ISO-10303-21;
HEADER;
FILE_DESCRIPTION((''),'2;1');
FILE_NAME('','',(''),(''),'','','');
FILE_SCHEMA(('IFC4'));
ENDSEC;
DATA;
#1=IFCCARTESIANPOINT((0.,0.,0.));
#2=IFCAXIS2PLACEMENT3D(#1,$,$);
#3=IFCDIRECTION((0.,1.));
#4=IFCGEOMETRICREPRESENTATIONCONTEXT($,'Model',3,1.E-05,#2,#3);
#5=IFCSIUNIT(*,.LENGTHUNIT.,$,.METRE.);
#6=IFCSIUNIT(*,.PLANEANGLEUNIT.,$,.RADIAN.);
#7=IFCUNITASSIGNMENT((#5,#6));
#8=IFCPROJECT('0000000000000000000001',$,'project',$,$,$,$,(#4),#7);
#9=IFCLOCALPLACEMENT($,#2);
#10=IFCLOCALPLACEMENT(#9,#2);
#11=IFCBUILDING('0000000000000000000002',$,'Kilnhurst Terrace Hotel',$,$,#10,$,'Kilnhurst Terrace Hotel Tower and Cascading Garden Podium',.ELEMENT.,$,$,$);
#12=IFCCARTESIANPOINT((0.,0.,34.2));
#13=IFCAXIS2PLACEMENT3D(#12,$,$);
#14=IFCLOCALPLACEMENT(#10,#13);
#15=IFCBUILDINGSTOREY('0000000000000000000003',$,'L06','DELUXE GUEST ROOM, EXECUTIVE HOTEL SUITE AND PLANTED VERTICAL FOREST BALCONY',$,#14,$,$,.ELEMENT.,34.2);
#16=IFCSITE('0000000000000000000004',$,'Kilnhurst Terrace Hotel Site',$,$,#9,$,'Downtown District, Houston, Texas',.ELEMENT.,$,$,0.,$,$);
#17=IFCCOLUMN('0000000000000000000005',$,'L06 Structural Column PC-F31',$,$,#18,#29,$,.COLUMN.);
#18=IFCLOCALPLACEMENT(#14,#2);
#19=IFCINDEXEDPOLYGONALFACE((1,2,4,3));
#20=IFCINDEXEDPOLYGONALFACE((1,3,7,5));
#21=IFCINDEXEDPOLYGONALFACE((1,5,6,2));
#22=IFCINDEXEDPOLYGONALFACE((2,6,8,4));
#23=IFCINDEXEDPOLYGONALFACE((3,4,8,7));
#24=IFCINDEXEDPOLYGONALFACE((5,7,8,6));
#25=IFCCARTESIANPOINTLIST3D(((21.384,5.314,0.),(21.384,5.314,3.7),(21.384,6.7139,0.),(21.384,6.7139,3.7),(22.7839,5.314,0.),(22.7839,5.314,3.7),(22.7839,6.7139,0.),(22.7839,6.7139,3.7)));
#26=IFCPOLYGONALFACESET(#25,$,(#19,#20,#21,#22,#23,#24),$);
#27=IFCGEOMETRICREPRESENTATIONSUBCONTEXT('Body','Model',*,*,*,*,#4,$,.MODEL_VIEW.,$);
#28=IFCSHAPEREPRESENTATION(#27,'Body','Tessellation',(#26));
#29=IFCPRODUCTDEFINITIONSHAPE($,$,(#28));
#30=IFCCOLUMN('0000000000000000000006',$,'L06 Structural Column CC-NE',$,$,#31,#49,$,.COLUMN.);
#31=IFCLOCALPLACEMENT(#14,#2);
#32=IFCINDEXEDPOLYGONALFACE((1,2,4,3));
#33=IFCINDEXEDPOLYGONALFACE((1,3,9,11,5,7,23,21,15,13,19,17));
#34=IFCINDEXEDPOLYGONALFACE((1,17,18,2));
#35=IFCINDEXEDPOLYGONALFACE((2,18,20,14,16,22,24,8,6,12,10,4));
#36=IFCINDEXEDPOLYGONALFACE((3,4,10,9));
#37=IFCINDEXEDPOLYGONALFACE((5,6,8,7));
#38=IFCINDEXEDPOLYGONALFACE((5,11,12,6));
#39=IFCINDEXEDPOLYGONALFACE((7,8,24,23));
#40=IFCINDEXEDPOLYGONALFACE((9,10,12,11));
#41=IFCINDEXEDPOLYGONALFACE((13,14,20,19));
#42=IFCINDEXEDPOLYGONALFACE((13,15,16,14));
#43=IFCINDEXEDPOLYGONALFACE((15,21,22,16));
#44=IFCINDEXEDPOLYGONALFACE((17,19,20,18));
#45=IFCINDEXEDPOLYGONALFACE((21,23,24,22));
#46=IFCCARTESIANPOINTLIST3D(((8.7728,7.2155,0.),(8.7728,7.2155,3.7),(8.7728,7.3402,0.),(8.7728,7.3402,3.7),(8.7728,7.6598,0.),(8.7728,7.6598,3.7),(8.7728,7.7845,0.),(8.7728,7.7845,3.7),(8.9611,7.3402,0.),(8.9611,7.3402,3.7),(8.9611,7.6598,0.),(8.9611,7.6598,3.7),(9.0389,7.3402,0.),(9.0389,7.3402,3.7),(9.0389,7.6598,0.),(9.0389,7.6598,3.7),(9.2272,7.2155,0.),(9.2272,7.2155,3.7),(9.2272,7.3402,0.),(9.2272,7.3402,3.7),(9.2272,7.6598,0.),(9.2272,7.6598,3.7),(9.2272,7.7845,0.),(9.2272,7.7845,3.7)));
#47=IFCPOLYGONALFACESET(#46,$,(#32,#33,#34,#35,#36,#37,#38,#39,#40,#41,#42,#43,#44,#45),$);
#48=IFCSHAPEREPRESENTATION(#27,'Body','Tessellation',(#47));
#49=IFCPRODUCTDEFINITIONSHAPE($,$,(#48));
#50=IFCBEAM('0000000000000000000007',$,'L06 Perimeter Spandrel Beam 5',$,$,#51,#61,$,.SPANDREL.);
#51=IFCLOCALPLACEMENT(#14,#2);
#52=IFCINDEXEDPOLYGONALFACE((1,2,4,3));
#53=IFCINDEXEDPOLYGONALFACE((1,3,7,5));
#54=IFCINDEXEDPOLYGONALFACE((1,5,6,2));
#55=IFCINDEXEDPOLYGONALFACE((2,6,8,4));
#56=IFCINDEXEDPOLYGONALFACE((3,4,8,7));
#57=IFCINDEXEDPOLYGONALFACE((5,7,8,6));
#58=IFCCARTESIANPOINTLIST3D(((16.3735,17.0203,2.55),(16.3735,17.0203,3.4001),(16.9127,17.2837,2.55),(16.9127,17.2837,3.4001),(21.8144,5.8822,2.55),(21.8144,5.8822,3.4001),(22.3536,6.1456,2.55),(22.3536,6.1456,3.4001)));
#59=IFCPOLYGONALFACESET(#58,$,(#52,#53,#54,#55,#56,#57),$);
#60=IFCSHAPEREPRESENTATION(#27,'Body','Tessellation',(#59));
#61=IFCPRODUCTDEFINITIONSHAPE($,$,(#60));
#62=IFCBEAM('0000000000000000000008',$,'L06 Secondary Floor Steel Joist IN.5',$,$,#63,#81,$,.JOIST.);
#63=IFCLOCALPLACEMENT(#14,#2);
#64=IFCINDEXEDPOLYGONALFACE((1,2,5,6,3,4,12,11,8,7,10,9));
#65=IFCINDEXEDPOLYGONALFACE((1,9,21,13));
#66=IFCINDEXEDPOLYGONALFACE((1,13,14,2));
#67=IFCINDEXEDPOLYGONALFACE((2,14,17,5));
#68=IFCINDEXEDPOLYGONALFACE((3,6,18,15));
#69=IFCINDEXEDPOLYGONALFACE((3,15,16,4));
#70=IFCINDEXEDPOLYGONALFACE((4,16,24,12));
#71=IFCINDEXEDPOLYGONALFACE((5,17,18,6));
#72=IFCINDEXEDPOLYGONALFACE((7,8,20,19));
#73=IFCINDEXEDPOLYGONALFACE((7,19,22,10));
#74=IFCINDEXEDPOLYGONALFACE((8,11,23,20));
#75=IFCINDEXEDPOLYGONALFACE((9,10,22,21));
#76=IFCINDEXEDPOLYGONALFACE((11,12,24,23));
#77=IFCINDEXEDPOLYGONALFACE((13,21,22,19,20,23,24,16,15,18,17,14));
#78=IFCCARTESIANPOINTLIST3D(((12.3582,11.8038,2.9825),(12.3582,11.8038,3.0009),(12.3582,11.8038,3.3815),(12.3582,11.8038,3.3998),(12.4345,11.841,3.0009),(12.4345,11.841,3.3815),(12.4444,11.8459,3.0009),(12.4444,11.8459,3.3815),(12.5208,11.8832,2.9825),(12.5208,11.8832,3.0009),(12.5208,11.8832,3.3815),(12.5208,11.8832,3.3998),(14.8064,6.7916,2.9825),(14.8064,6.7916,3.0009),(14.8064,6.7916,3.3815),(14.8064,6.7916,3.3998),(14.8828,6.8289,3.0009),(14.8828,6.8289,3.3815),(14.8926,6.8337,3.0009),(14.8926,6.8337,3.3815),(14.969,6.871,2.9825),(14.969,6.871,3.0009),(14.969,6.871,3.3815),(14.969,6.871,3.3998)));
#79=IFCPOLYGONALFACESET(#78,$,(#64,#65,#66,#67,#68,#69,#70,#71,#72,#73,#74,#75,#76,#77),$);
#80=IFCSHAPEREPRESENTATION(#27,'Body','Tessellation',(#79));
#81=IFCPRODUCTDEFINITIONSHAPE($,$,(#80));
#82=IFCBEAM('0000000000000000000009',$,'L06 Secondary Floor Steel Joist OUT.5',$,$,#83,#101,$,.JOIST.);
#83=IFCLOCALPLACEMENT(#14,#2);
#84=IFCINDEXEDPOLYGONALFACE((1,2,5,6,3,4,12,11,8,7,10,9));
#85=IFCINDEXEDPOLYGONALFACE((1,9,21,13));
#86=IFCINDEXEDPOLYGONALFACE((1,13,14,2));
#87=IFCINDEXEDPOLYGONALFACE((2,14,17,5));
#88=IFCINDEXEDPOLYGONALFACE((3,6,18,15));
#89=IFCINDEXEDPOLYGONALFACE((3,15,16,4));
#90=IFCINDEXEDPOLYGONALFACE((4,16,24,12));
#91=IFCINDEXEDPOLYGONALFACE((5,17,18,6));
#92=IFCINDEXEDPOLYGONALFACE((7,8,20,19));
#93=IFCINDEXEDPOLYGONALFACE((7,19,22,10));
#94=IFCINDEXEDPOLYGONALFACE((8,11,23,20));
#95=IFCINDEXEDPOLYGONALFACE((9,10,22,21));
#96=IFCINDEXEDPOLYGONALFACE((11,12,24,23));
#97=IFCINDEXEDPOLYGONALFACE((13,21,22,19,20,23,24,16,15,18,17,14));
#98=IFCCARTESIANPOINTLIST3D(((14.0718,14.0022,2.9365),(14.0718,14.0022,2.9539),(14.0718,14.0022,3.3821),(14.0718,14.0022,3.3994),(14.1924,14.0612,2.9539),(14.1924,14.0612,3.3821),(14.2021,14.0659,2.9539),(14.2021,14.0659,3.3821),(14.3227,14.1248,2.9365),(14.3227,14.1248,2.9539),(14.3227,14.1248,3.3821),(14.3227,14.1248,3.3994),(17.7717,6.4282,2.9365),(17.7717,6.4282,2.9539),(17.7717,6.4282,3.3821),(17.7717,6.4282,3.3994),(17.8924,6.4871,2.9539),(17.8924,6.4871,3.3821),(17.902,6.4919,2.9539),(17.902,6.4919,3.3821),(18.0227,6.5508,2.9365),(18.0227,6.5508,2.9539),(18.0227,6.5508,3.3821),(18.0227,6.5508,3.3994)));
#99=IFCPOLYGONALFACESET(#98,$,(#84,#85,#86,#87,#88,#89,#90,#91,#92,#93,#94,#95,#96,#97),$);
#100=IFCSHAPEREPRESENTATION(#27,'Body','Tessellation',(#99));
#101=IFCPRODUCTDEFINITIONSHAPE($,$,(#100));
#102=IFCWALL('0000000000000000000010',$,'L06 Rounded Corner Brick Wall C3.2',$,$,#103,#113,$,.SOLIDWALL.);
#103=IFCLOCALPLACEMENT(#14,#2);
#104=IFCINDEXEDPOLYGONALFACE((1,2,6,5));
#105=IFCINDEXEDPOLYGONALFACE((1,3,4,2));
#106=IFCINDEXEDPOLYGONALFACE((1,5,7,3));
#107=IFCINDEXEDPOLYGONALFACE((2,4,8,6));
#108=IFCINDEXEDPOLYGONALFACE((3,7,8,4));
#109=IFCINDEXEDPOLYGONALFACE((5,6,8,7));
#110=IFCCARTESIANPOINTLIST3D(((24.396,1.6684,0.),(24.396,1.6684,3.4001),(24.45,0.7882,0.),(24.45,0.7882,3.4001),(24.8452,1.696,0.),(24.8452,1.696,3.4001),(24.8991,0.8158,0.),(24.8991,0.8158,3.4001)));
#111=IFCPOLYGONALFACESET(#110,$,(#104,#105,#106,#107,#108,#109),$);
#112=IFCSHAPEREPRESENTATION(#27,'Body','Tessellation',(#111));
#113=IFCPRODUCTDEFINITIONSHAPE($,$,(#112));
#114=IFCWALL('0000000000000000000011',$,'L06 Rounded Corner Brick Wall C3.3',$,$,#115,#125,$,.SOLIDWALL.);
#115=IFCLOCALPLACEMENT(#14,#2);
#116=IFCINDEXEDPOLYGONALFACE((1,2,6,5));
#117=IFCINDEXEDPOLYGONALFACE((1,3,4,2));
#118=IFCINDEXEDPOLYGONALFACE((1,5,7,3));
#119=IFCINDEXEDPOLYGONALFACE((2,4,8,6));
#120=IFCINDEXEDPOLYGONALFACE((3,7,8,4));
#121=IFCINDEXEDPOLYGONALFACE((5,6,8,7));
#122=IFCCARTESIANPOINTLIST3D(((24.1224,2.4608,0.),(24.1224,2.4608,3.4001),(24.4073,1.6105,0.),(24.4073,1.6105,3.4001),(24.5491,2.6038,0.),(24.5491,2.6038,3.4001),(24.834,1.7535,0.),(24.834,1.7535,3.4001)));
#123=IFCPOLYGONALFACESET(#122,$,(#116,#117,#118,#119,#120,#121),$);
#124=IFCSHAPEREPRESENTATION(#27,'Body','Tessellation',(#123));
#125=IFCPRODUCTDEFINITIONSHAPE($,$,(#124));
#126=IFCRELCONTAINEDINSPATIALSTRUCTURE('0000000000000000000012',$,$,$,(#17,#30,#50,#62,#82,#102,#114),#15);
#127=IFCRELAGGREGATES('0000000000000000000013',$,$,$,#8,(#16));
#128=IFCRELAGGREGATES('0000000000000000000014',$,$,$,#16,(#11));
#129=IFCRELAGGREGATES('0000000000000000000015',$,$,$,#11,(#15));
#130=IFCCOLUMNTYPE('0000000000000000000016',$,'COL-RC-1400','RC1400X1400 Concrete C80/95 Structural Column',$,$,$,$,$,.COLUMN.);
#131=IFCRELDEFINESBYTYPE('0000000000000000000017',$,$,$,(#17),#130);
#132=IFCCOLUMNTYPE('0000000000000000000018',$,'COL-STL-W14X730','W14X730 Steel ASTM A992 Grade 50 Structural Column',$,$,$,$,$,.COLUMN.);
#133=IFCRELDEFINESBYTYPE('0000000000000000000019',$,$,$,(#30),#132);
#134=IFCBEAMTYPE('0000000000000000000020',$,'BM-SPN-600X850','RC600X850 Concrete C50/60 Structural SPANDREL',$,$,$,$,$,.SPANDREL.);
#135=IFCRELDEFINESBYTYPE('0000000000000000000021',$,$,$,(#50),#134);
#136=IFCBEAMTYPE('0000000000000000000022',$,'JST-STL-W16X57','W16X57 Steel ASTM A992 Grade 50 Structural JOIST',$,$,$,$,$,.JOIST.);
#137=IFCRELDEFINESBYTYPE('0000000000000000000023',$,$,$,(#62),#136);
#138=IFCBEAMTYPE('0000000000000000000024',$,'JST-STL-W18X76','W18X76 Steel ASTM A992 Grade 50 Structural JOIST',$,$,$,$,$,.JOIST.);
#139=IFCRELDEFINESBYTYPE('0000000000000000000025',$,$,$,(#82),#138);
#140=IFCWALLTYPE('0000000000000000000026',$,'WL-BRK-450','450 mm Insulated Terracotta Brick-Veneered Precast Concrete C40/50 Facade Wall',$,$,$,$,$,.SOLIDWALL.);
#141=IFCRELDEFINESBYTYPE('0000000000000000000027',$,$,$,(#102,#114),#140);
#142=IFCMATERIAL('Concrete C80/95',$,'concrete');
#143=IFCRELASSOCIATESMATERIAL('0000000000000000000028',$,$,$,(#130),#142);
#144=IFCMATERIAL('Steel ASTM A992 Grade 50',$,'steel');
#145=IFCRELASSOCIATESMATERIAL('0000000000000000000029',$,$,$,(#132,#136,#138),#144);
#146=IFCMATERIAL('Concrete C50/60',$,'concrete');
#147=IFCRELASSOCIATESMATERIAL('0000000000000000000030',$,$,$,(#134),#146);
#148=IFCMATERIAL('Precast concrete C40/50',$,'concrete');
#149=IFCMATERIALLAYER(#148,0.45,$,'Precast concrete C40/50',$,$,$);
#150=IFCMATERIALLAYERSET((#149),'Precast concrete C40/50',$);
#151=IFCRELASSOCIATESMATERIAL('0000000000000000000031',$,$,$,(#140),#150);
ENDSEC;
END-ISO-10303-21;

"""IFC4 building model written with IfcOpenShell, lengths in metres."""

from ifc_helpers import new_model, si_unit, direction, frame, frame_2d, origin, origin_2d, place, context, subcontext, project, spatial, rectangle, i_section, extrude, material, layer, layer_set, material_profile, profile_set, type_object, element, save


model = new_model("IFC4")

# Units and contexts
model_context = context("Model", 3, precision=1e-05, world=origin(), true_north=direction((0.0, 1.0)))
body_context = subcontext(model_context, "Body", "Model", "MODEL_VIEW")
ifc_project = project(units=[si_unit("LENGTHUNIT", "METRE"), si_unit("PLANEANGLEUNIT", "RADIAN")], contexts=[model_context])

# Site, building, storey
site_placement = place(None, origin())
site = spatial("IfcSite", under=ifc_project, at=site_placement, Name="Kilnhurst Terrace Hotel Site", LongName="Downtown District, Houston, Texas", CompositionType="ELEMENT", RefElevation=0.0)
building_placement = place(site_placement, origin())
building = spatial("IfcBuilding", under=site, at=building_placement, Name="Kilnhurst Terrace Hotel", LongName="Kilnhurst Terrace Hotel Tower and Cascading Garden Podium", CompositionType="ELEMENT")
storey_placement = place(building_placement, frame((0.0, 0.0, 34.2)))
storey = spatial("IfcBuildingStorey", under=building, at=storey_placement, Name="L06", Description="DELUXE GUEST ROOM, EXECUTIVE HOTEL SUITE AND PLANTED VERTICAL FOREST BALCONY", CompositionType="ELEMENT", Elevation=34.2)

# Columns
ifc_material_1 = material(Name="Concrete C80/95", Category="concrete")
ifc_material_profile_1 = material_profile(ifc_material_1, rectangle(XDim=1.3999, YDim=1.3999, at=origin_2d()), Name="RC1400X1400")
ifc_profile_set_1 = profile_set([ifc_material_profile_1], Name="Concrete C80/95")
column_type_1 = type_object("IfcColumnType", Name="COL-RC-1400", Description="RC1400X1400 Concrete C80/95 Structural Column", PredefinedType="COLUMN", material=ifc_profile_set_1)
column_1_placement = place(storey_placement, frame((22.084, 6.0139, 0.0), z_axis=(0.0, 0.0, 1.0), x_axis=(1.0, 0.0, 0.0)))
element("IfcColumn", 1, at=column_1_placement, inside=storey, type_object=column_type_1, Name="L06 Structural Column PC-F31", PredefinedType="COLUMN", context=body_context, shape_type="SweptSolid", body=[
    extrude(rectangle(XDim=1.3999, YDim=1.3999, at=origin_2d()), origin(), (0.0, 0.0, 1.0), 3.7),
])
ifc_material_2 = material(Name="Steel ASTM A992 Grade 50", Category="steel")
ifc_material_profile_2 = material_profile(ifc_material_2, i_section(OverallWidth=0.4543, OverallDepth=0.5691, WebThickness=0.0779, FlangeThickness=0.1248, at=origin_2d()), Name="W14X730")
ifc_profile_set_2 = profile_set([ifc_material_profile_2], Name="Steel ASTM A992 Grade 50")
column_type_2 = type_object("IfcColumnType", Name="COL-STL-W14X730", Description="W14X730 Steel ASTM A992 Grade 50 Structural Column", PredefinedType="COLUMN", material=ifc_profile_set_2)
column_2_placement = place(storey_placement, frame((9.0, 7.5, 0.0), z_axis=(0.0, 0.0, 1.0), x_axis=(1.0, 0.0, 0.0)))
element("IfcColumn", 2, at=column_2_placement, inside=storey, type_object=column_type_2, Name="L06 Structural Column CC-NE", PredefinedType="COLUMN", context=body_context, shape_type="SweptSolid", body=[
    extrude(i_section(OverallWidth=0.4543, OverallDepth=0.5691, WebThickness=0.0779, FlangeThickness=0.1248, at=origin_2d()), origin(), (0.0, 0.0, 1.0), 3.7),
])

# Beams
ifc_material_3 = material(Name="Concrete C50/60", Category="concrete")
ifc_material_profile_3 = material_profile(ifc_material_3, rectangle(XDim=0.6001, YDim=0.8501, at=origin_2d()), Name="RC600X850")
ifc_profile_set_3 = profile_set([ifc_material_profile_3], Name="Concrete C50/60")
beam_type_1 = type_object("IfcBeamType", Name="BM-SPN-600X850", Description="RC600X850 Concrete C50/60 Structural SPANDREL", PredefinedType="SPANDREL", material=ifc_profile_set_3)
beam_1_placement = place(storey_placement, frame((22.084, 6.0139, 2.9751), z_axis=(-0.438923, 0.898525, 0.0), x_axis=(-0.898525, -0.438923, 0.0)))
element("IfcBeam", 3, at=beam_1_placement, inside=storey, type_object=beam_type_1, Name="L06 Perimeter Spandrel Beam 5", PredefinedType="SPANDREL", context=body_context, shape_type="SweptSolid", body=[
    extrude(rectangle(XDim=0.6001, YDim=0.8501, at=origin_2d()), origin(), (0.0, 0.0, 1.0), 12.396),
])
ifc_material_profile_4 = material_profile(ifc_material_2, i_section(OverallWidth=0.1809, OverallDepth=0.4172, WebThickness=0.011, FlangeThickness=0.0183, at=origin_2d()), Name="W16X57")
ifc_profile_set_4 = profile_set([ifc_material_profile_4], Name="Steel ASTM A992 Grade 50")
beam_type_2 = type_object("IfcBeamType", Name="JST-STL-W16X57", Description="W16X57 Steel ASTM A992 Grade 50 Structural JOIST", PredefinedType="JOIST", material=ifc_profile_set_4)
beam_2_placement = place(storey_placement, frame((14.8877, 6.8313, 3.1912), z_axis=(-0.438896, 0.898538, 0.0), x_axis=(-0.898538, -0.438896, 0.0)))
element("IfcBeam", 4, at=beam_2_placement, inside=storey, type_object=beam_type_2, Name="L06 Secondary Floor Steel Joist IN.5", PredefinedType="JOIST", context=body_context, shape_type="SweptSolid", body=[
    extrude(i_section(OverallWidth=0.1809, OverallDepth=0.4172, WebThickness=0.011, FlangeThickness=0.0183, at=origin_2d()), origin(), (0.0, 0.0, 1.0), 5.5781),
])
ifc_material_profile_5 = material_profile(ifc_material_2, i_section(OverallWidth=0.2793, OverallDepth=0.4629, WebThickness=0.0107, FlangeThickness=0.0173, at=origin_2d()), Name="W18X76")
ifc_profile_set_5 = profile_set([ifc_material_profile_5], Name="Steel ASTM A992 Grade 50")
beam_type_3 = type_object("IfcBeamType", Name="JST-STL-W18X76", Description="W18X76 Steel ASTM A992 Grade 50 Structural JOIST", PredefinedType="JOIST", material=ifc_profile_set_5)
beam_3_placement = place(storey_placement, frame((17.8972, 6.4895, 3.168), z_axis=(-0.438934, 0.898519, 0.0), x_axis=(-0.898519, -0.438934, 0.0)))
element("IfcBeam", 5, at=beam_3_placement, inside=storey, type_object=beam_type_3, Name="L06 Secondary Floor Steel Joist OUT.5", PredefinedType="JOIST", context=body_context, shape_type="SweptSolid", body=[
    extrude(i_section(OverallWidth=0.2793, OverallDepth=0.4629, WebThickness=0.0107, FlangeThickness=0.0173, at=origin_2d()), origin(), (0.0, 0.0, 1.0), 8.4294),
])

# Walls
ifc_material_4 = material(Name="Precast concrete C40/50", Category="concrete")
ifc_layer_1 = layer(ifc_material_4, 0.45, Name="Precast concrete C40/50")
ifc_layer_set_1 = layer_set([ifc_layer_1], Name="Precast concrete C40/50")
wall_type_1 = type_object("IfcWallType", Name="WL-BRK-450", Description="450 mm Insulated Terracotta Brick-Veneered Precast Concrete C40/50 Facade Wall", PredefinedType="SOLIDWALL", material=ifc_layer_set_1)
wall_1_placement = place(storey_placement, frame((24.6746, 0.802, 0.0), z_axis=(0.0, 0.0, 1.0), x_axis=(-0.061189, 0.998126, 0.0)))
element("IfcWall", 6, at=wall_1_placement, inside=storey, type_object=wall_type_1, Name="L06 Rounded Corner Brick Wall C3.2", PredefinedType="SOLIDWALL", context=body_context, shape_type="SweptSolid", body=[
    extrude(rectangle(XDim=0.8818, YDim=0.45, at=frame_2d((0.4409, 0.0))), origin(), (0.0, 0.0, 1.0), 3.4001),
])
wall_2_placement = place(storey_placement, frame((24.6206, 1.6821, 0.0), z_axis=(0.0, 0.0, 1.0), x_axis=(-0.317697, 0.948192, 0.0)))
element("IfcWall", 7, at=wall_2_placement, inside=storey, type_object=wall_type_1, Name="L06 Rounded Corner Brick Wall C3.3", PredefinedType="SOLIDWALL", context=body_context, shape_type="SweptSolid", body=[
    extrude(rectangle(XDim=0.8967, YDim=0.45, at=frame_2d((0.4482, 0.0))), origin(), (0.0, 0.0, 1.0), 3.4001),
])

save(model, "model.ifc")
